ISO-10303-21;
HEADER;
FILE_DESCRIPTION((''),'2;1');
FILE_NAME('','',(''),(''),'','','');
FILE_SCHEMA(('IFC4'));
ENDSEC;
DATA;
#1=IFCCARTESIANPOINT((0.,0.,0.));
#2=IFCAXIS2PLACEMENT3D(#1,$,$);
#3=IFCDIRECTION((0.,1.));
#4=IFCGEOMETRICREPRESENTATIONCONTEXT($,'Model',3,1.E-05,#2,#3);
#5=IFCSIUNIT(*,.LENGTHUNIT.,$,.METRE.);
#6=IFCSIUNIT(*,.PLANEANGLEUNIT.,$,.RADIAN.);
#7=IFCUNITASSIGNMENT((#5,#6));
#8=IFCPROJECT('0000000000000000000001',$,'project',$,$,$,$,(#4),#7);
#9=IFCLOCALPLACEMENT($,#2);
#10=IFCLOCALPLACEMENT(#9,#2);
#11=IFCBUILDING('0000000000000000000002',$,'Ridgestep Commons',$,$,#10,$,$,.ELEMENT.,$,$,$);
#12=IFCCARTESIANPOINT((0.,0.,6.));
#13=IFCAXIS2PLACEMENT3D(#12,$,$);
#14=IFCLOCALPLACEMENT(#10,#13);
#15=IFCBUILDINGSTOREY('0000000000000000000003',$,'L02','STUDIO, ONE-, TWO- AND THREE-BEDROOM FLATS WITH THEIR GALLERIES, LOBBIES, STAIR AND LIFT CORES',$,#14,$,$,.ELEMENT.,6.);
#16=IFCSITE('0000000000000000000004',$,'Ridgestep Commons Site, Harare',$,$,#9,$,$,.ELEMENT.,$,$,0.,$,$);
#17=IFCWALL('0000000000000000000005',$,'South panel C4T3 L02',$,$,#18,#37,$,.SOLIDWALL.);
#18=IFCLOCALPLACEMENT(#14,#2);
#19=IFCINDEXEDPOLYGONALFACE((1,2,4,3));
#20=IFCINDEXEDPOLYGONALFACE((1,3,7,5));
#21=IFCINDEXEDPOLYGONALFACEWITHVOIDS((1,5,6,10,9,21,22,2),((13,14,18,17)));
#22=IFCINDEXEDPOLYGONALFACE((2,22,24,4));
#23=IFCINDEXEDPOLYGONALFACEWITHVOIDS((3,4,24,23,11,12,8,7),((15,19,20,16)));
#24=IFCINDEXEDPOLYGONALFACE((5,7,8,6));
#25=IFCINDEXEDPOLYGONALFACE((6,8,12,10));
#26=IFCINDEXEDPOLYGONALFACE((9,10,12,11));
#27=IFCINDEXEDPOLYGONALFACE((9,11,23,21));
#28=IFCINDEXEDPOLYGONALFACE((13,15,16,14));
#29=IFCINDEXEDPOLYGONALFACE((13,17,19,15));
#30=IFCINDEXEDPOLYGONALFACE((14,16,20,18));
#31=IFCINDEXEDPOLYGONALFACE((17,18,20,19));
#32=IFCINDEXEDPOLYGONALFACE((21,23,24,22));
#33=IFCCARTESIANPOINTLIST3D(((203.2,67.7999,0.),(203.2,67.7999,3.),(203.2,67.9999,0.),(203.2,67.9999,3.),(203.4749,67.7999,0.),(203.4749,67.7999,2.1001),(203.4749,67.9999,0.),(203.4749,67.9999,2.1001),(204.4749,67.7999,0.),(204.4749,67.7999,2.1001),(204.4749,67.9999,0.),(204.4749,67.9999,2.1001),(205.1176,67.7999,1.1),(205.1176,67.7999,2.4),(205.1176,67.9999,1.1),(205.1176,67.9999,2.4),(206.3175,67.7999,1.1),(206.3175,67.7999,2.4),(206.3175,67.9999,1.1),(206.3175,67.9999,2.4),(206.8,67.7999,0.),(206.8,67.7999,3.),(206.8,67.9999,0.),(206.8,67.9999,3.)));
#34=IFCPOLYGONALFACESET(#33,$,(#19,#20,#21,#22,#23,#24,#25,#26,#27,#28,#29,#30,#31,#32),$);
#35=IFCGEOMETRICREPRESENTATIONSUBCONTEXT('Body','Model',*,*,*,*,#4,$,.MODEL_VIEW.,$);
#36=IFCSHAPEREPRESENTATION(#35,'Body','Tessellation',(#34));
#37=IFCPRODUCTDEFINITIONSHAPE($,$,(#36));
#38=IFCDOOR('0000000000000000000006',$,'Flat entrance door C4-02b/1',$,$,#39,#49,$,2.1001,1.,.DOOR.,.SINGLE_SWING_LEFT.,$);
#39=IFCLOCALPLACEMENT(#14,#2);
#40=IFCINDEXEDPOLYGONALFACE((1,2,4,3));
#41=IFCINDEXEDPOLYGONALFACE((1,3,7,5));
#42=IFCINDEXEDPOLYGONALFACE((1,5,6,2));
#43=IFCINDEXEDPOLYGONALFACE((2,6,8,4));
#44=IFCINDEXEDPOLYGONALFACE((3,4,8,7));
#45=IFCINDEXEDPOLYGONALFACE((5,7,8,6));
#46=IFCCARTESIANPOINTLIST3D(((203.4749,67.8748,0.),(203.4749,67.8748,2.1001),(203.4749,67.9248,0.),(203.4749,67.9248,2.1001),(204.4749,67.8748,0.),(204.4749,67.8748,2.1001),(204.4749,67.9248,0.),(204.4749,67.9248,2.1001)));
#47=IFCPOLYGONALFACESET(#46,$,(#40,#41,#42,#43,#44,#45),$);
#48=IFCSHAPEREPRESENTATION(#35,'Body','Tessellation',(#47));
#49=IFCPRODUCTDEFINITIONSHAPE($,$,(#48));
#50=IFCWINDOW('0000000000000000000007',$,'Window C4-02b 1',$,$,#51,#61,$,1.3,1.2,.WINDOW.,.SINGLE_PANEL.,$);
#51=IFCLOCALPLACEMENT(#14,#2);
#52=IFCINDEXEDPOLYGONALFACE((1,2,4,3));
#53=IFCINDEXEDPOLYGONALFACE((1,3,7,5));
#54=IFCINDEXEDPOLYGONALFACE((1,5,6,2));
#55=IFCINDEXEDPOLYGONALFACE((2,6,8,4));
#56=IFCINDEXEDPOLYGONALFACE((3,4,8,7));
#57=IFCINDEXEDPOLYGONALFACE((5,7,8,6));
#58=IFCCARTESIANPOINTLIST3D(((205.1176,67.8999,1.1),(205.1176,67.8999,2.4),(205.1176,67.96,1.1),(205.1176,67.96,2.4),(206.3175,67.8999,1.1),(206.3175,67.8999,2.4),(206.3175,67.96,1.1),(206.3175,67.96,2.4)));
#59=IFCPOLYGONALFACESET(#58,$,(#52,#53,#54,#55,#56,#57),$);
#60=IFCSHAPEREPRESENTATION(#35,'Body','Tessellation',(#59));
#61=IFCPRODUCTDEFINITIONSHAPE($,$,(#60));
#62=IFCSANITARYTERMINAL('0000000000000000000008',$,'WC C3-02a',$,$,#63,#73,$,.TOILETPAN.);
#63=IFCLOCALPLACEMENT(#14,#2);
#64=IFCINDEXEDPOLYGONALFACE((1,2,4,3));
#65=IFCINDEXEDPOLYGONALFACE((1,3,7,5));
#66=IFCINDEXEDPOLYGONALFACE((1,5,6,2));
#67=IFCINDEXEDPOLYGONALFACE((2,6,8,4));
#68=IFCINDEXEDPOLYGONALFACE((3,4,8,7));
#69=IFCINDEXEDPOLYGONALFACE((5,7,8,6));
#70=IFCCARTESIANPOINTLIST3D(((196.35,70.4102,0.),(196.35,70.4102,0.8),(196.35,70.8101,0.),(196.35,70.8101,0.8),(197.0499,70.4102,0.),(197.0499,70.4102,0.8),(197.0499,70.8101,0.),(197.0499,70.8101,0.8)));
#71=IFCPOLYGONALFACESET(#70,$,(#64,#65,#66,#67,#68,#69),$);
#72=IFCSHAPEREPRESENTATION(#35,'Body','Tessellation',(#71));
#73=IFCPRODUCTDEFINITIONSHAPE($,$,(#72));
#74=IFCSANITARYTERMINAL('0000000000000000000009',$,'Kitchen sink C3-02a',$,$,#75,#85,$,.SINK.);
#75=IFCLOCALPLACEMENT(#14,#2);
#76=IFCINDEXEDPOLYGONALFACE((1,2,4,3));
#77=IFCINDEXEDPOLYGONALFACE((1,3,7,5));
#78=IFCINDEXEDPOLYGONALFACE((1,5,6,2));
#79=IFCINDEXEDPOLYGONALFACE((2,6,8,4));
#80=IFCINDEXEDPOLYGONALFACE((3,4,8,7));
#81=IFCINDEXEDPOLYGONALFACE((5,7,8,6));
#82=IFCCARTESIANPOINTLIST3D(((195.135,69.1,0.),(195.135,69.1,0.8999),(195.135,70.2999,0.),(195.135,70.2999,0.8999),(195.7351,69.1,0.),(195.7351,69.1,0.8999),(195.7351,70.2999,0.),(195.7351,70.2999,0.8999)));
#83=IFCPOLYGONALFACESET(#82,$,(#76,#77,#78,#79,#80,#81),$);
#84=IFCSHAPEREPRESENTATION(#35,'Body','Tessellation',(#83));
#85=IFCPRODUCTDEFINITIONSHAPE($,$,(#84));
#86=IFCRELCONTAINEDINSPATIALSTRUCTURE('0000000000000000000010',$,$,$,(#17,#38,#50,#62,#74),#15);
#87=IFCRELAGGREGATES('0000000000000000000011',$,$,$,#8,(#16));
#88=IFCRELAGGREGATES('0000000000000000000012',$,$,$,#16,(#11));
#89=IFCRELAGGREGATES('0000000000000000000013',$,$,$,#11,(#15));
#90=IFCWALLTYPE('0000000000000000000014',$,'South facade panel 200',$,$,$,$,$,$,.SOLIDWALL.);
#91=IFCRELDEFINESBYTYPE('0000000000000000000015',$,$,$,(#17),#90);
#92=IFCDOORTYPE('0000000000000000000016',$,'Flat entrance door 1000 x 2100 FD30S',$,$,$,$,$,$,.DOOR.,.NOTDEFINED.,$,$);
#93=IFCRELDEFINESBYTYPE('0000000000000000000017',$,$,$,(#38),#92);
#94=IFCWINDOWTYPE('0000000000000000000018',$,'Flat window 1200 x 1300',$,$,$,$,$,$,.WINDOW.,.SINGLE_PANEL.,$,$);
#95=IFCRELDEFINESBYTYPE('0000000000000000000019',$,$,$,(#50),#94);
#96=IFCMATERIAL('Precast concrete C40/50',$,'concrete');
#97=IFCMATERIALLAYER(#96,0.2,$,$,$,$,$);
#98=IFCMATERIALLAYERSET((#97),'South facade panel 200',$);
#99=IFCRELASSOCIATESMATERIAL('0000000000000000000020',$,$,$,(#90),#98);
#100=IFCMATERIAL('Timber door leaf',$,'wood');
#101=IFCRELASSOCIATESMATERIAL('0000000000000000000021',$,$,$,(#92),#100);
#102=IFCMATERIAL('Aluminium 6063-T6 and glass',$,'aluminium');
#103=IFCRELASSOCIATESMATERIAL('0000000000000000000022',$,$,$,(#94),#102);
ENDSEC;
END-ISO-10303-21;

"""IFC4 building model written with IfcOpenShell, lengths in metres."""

from ifc_helpers import new_model, si_unit, direction, frame, frame_2d, origin, origin_2d, place, context, subcontext, project, spatial, rectangle, extrude, material, layer, layer_set, type_object, element, fill, save


model = new_model("IFC4")

# Units and contexts
model_context = context("Model", 3, precision=1e-05, world=origin(), true_north=direction((0.0, 1.0)))
body_context = subcontext(model_context, "Body", "Model", "MODEL_VIEW")
ifc_project = project(units=[si_unit("LENGTHUNIT", "METRE"), si_unit("PLANEANGLEUNIT", "RADIAN")], contexts=[model_context])

# Site, building, storey
site_placement = place(None, origin())
site = spatial("IfcSite", under=ifc_project, at=site_placement, Name="Ridgestep Commons Site, Harare", CompositionType="ELEMENT", RefElevation=0.0)
building_placement = place(site_placement, origin())
building = spatial("IfcBuilding", under=site, at=building_placement, Name="Ridgestep Commons", CompositionType="ELEMENT")
storey_placement = place(building_placement, frame((0.0, 0.0, 6.0)))
storey = spatial("IfcBuildingStorey", under=building, at=storey_placement, Name="L02", Description="STUDIO, ONE-, TWO- AND THREE-BEDROOM FLATS WITH THEIR GALLERIES, LOBBIES, STAIR AND LIFT CORES", CompositionType="ELEMENT", Elevation=6.0)

# Wall, openings, door, window
ifc_material_1 = material(Name="Precast concrete C40/50", Category="concrete")
ifc_layer_1 = layer(ifc_material_1, 0.2)
ifc_layer_set_1 = layer_set([ifc_layer_1], Name="South facade panel 200")
wall_type_1 = type_object("IfcWallType", Name="South facade panel 200", PredefinedType="SOLIDWALL", material=ifc_layer_set_1)
wall_1_placement = place(storey_placement, frame((203.2, 67.8999, 0.0), z_axis=(0.0, 0.0, 1.0), x_axis=(1.0, 0.0, 0.0)))
wall_1 = element("IfcWall", 1, at=wall_1_placement, inside=storey, type_object=wall_type_1, Name="South panel C4T3 L02", PredefinedType="SOLIDWALL", context=body_context, shape_type="SweptSolid", body=[
    extrude(rectangle(XDim=3.6001, YDim=0.2, at=frame_2d((1.8, 0.0))), origin(), (0.0, 0.0, 1.0), 3.0),
])
opening_1_placement = place(wall_1_placement, frame((1.9175, 0.0, 1.1001)))
opening_1 = element("IfcOpeningElement", 2, at=opening_1_placement, cuts=wall_1, PredefinedType="OPENING", context=body_context, shape_type="SweptSolid", body=[
    extrude(rectangle(XDim=1.2, YDim=1.3, at=frame_2d((0.6001, 0.6499))), frame((0.0, 0.1099, 0.0), z_axis=(0.0, -1.0, 0.0), x_axis=(1.0, 0.0, 0.0)), (0.0, 0.0, 1.0), 0.22),
])
opening_2_placement = place(wall_1_placement, frame((0.2749, 0.0, 0.0)))
opening_2 = element("IfcOpeningElement", 3, at=opening_2_placement, cuts=wall_1, PredefinedType="OPENING", context=body_context, shape_type="SweptSolid", body=[
    extrude(rectangle(XDim=1.0, YDim=2.1001, at=frame_2d((0.5, 1.05))), frame((0.0, 0.1099, 0.0), z_axis=(0.0, -1.0, 0.0), x_axis=(1.0, 0.0, 0.0)), (0.0, 0.0, 1.0), 0.22),
])
ifc_material_2 = material(Name="Timber door leaf", Category="wood")
door_type_1 = type_object("IfcDoorType", Name="Flat entrance door 1000 x 2100 FD30S", OperationType="NOTDEFINED", PredefinedType="DOOR", material=ifc_material_2)
door_1_placement = place(opening_2_placement, origin())
door_1 = element("IfcDoor", 4, at=door_1_placement, inside=storey, type_object=door_type_1, Name="Flat entrance door C4-02b/1", OperationType="SINGLE_SWING_LEFT", OverallHeight=2.1001, OverallWidth=1.0, PredefinedType="DOOR", context=body_context, shape_type="SweptSolid", body=[
    extrude(rectangle(XDim=1.0, YDim=2.1001, at=frame_2d((0.5, 1.05))), frame((0.0, 0.0249, 0.0), z_axis=(0.0, -1.0, 0.0), x_axis=(1.0, 0.0, 0.0)), (0.0, 0.0, 1.0), 0.05),
])
fill(opening_2, door_1)
ifc_material_3 = material(Name="Aluminium 6063-T6 and glass", Category="aluminium")
window_type = type_object("IfcWindowType", Name="Flat window 1200 x 1300", PartitioningType="SINGLE_PANEL", PredefinedType="WINDOW", material=ifc_material_3)
window_placement = place(opening_1_placement, origin())
window = element("IfcWindow", 5, at=window_placement, inside=storey, type_object=window_type, Name="Window C4-02b 1", OverallHeight=1.3, OverallWidth=1.2, PartitioningType="SINGLE_PANEL", PredefinedType="WINDOW", context=body_context, shape_type="SweptSolid", body=[
    extrude(rectangle(XDim=1.2, YDim=1.3, at=frame_2d((0.6001, 0.6499))), frame((0.0, 0.0601, 0.0), z_axis=(0.0, -1.0, 0.0), x_axis=(1.0, 0.0, 0.0)), (0.0, 0.0, 1.0), 0.0601),
])
fill(opening_1, window)

# Sanitary terminals
sanitary_terminal_1_placement = place(storey_placement, frame((196.7, 70.6101, 0.0), z_axis=(0.0, 0.0, 1.0), x_axis=(1.0, 0.0, 0.0)))
element("IfcSanitaryTerminal", 6, at=sanitary_terminal_1_placement, inside=storey, Name="WC C3-02a", PredefinedType="TOILETPAN", context=body_context, shape_type="SweptSolid", body=[
    extrude(rectangle(XDim=0.7, YDim=0.3999, at=origin_2d()), origin(), (0.0, 0.0, 1.0), 0.8),
])
sanitary_terminal_2_placement = place(storey_placement, frame((195.4351, 69.7, 0.0), z_axis=(0.0, 0.0, 1.0), x_axis=(1.0, 0.0, 0.0)))
element("IfcSanitaryTerminal", 7, at=sanitary_terminal_2_placement, inside=storey, Name="Kitchen sink C3-02a", PredefinedType="SINK", context=body_context, shape_type="SweptSolid", body=[
    extrude(rectangle(XDim=0.6001, YDim=1.2, at=origin_2d()), origin(), (0.0, 0.0, 1.0), 0.8999),
])

save(model, "model.ifc")
